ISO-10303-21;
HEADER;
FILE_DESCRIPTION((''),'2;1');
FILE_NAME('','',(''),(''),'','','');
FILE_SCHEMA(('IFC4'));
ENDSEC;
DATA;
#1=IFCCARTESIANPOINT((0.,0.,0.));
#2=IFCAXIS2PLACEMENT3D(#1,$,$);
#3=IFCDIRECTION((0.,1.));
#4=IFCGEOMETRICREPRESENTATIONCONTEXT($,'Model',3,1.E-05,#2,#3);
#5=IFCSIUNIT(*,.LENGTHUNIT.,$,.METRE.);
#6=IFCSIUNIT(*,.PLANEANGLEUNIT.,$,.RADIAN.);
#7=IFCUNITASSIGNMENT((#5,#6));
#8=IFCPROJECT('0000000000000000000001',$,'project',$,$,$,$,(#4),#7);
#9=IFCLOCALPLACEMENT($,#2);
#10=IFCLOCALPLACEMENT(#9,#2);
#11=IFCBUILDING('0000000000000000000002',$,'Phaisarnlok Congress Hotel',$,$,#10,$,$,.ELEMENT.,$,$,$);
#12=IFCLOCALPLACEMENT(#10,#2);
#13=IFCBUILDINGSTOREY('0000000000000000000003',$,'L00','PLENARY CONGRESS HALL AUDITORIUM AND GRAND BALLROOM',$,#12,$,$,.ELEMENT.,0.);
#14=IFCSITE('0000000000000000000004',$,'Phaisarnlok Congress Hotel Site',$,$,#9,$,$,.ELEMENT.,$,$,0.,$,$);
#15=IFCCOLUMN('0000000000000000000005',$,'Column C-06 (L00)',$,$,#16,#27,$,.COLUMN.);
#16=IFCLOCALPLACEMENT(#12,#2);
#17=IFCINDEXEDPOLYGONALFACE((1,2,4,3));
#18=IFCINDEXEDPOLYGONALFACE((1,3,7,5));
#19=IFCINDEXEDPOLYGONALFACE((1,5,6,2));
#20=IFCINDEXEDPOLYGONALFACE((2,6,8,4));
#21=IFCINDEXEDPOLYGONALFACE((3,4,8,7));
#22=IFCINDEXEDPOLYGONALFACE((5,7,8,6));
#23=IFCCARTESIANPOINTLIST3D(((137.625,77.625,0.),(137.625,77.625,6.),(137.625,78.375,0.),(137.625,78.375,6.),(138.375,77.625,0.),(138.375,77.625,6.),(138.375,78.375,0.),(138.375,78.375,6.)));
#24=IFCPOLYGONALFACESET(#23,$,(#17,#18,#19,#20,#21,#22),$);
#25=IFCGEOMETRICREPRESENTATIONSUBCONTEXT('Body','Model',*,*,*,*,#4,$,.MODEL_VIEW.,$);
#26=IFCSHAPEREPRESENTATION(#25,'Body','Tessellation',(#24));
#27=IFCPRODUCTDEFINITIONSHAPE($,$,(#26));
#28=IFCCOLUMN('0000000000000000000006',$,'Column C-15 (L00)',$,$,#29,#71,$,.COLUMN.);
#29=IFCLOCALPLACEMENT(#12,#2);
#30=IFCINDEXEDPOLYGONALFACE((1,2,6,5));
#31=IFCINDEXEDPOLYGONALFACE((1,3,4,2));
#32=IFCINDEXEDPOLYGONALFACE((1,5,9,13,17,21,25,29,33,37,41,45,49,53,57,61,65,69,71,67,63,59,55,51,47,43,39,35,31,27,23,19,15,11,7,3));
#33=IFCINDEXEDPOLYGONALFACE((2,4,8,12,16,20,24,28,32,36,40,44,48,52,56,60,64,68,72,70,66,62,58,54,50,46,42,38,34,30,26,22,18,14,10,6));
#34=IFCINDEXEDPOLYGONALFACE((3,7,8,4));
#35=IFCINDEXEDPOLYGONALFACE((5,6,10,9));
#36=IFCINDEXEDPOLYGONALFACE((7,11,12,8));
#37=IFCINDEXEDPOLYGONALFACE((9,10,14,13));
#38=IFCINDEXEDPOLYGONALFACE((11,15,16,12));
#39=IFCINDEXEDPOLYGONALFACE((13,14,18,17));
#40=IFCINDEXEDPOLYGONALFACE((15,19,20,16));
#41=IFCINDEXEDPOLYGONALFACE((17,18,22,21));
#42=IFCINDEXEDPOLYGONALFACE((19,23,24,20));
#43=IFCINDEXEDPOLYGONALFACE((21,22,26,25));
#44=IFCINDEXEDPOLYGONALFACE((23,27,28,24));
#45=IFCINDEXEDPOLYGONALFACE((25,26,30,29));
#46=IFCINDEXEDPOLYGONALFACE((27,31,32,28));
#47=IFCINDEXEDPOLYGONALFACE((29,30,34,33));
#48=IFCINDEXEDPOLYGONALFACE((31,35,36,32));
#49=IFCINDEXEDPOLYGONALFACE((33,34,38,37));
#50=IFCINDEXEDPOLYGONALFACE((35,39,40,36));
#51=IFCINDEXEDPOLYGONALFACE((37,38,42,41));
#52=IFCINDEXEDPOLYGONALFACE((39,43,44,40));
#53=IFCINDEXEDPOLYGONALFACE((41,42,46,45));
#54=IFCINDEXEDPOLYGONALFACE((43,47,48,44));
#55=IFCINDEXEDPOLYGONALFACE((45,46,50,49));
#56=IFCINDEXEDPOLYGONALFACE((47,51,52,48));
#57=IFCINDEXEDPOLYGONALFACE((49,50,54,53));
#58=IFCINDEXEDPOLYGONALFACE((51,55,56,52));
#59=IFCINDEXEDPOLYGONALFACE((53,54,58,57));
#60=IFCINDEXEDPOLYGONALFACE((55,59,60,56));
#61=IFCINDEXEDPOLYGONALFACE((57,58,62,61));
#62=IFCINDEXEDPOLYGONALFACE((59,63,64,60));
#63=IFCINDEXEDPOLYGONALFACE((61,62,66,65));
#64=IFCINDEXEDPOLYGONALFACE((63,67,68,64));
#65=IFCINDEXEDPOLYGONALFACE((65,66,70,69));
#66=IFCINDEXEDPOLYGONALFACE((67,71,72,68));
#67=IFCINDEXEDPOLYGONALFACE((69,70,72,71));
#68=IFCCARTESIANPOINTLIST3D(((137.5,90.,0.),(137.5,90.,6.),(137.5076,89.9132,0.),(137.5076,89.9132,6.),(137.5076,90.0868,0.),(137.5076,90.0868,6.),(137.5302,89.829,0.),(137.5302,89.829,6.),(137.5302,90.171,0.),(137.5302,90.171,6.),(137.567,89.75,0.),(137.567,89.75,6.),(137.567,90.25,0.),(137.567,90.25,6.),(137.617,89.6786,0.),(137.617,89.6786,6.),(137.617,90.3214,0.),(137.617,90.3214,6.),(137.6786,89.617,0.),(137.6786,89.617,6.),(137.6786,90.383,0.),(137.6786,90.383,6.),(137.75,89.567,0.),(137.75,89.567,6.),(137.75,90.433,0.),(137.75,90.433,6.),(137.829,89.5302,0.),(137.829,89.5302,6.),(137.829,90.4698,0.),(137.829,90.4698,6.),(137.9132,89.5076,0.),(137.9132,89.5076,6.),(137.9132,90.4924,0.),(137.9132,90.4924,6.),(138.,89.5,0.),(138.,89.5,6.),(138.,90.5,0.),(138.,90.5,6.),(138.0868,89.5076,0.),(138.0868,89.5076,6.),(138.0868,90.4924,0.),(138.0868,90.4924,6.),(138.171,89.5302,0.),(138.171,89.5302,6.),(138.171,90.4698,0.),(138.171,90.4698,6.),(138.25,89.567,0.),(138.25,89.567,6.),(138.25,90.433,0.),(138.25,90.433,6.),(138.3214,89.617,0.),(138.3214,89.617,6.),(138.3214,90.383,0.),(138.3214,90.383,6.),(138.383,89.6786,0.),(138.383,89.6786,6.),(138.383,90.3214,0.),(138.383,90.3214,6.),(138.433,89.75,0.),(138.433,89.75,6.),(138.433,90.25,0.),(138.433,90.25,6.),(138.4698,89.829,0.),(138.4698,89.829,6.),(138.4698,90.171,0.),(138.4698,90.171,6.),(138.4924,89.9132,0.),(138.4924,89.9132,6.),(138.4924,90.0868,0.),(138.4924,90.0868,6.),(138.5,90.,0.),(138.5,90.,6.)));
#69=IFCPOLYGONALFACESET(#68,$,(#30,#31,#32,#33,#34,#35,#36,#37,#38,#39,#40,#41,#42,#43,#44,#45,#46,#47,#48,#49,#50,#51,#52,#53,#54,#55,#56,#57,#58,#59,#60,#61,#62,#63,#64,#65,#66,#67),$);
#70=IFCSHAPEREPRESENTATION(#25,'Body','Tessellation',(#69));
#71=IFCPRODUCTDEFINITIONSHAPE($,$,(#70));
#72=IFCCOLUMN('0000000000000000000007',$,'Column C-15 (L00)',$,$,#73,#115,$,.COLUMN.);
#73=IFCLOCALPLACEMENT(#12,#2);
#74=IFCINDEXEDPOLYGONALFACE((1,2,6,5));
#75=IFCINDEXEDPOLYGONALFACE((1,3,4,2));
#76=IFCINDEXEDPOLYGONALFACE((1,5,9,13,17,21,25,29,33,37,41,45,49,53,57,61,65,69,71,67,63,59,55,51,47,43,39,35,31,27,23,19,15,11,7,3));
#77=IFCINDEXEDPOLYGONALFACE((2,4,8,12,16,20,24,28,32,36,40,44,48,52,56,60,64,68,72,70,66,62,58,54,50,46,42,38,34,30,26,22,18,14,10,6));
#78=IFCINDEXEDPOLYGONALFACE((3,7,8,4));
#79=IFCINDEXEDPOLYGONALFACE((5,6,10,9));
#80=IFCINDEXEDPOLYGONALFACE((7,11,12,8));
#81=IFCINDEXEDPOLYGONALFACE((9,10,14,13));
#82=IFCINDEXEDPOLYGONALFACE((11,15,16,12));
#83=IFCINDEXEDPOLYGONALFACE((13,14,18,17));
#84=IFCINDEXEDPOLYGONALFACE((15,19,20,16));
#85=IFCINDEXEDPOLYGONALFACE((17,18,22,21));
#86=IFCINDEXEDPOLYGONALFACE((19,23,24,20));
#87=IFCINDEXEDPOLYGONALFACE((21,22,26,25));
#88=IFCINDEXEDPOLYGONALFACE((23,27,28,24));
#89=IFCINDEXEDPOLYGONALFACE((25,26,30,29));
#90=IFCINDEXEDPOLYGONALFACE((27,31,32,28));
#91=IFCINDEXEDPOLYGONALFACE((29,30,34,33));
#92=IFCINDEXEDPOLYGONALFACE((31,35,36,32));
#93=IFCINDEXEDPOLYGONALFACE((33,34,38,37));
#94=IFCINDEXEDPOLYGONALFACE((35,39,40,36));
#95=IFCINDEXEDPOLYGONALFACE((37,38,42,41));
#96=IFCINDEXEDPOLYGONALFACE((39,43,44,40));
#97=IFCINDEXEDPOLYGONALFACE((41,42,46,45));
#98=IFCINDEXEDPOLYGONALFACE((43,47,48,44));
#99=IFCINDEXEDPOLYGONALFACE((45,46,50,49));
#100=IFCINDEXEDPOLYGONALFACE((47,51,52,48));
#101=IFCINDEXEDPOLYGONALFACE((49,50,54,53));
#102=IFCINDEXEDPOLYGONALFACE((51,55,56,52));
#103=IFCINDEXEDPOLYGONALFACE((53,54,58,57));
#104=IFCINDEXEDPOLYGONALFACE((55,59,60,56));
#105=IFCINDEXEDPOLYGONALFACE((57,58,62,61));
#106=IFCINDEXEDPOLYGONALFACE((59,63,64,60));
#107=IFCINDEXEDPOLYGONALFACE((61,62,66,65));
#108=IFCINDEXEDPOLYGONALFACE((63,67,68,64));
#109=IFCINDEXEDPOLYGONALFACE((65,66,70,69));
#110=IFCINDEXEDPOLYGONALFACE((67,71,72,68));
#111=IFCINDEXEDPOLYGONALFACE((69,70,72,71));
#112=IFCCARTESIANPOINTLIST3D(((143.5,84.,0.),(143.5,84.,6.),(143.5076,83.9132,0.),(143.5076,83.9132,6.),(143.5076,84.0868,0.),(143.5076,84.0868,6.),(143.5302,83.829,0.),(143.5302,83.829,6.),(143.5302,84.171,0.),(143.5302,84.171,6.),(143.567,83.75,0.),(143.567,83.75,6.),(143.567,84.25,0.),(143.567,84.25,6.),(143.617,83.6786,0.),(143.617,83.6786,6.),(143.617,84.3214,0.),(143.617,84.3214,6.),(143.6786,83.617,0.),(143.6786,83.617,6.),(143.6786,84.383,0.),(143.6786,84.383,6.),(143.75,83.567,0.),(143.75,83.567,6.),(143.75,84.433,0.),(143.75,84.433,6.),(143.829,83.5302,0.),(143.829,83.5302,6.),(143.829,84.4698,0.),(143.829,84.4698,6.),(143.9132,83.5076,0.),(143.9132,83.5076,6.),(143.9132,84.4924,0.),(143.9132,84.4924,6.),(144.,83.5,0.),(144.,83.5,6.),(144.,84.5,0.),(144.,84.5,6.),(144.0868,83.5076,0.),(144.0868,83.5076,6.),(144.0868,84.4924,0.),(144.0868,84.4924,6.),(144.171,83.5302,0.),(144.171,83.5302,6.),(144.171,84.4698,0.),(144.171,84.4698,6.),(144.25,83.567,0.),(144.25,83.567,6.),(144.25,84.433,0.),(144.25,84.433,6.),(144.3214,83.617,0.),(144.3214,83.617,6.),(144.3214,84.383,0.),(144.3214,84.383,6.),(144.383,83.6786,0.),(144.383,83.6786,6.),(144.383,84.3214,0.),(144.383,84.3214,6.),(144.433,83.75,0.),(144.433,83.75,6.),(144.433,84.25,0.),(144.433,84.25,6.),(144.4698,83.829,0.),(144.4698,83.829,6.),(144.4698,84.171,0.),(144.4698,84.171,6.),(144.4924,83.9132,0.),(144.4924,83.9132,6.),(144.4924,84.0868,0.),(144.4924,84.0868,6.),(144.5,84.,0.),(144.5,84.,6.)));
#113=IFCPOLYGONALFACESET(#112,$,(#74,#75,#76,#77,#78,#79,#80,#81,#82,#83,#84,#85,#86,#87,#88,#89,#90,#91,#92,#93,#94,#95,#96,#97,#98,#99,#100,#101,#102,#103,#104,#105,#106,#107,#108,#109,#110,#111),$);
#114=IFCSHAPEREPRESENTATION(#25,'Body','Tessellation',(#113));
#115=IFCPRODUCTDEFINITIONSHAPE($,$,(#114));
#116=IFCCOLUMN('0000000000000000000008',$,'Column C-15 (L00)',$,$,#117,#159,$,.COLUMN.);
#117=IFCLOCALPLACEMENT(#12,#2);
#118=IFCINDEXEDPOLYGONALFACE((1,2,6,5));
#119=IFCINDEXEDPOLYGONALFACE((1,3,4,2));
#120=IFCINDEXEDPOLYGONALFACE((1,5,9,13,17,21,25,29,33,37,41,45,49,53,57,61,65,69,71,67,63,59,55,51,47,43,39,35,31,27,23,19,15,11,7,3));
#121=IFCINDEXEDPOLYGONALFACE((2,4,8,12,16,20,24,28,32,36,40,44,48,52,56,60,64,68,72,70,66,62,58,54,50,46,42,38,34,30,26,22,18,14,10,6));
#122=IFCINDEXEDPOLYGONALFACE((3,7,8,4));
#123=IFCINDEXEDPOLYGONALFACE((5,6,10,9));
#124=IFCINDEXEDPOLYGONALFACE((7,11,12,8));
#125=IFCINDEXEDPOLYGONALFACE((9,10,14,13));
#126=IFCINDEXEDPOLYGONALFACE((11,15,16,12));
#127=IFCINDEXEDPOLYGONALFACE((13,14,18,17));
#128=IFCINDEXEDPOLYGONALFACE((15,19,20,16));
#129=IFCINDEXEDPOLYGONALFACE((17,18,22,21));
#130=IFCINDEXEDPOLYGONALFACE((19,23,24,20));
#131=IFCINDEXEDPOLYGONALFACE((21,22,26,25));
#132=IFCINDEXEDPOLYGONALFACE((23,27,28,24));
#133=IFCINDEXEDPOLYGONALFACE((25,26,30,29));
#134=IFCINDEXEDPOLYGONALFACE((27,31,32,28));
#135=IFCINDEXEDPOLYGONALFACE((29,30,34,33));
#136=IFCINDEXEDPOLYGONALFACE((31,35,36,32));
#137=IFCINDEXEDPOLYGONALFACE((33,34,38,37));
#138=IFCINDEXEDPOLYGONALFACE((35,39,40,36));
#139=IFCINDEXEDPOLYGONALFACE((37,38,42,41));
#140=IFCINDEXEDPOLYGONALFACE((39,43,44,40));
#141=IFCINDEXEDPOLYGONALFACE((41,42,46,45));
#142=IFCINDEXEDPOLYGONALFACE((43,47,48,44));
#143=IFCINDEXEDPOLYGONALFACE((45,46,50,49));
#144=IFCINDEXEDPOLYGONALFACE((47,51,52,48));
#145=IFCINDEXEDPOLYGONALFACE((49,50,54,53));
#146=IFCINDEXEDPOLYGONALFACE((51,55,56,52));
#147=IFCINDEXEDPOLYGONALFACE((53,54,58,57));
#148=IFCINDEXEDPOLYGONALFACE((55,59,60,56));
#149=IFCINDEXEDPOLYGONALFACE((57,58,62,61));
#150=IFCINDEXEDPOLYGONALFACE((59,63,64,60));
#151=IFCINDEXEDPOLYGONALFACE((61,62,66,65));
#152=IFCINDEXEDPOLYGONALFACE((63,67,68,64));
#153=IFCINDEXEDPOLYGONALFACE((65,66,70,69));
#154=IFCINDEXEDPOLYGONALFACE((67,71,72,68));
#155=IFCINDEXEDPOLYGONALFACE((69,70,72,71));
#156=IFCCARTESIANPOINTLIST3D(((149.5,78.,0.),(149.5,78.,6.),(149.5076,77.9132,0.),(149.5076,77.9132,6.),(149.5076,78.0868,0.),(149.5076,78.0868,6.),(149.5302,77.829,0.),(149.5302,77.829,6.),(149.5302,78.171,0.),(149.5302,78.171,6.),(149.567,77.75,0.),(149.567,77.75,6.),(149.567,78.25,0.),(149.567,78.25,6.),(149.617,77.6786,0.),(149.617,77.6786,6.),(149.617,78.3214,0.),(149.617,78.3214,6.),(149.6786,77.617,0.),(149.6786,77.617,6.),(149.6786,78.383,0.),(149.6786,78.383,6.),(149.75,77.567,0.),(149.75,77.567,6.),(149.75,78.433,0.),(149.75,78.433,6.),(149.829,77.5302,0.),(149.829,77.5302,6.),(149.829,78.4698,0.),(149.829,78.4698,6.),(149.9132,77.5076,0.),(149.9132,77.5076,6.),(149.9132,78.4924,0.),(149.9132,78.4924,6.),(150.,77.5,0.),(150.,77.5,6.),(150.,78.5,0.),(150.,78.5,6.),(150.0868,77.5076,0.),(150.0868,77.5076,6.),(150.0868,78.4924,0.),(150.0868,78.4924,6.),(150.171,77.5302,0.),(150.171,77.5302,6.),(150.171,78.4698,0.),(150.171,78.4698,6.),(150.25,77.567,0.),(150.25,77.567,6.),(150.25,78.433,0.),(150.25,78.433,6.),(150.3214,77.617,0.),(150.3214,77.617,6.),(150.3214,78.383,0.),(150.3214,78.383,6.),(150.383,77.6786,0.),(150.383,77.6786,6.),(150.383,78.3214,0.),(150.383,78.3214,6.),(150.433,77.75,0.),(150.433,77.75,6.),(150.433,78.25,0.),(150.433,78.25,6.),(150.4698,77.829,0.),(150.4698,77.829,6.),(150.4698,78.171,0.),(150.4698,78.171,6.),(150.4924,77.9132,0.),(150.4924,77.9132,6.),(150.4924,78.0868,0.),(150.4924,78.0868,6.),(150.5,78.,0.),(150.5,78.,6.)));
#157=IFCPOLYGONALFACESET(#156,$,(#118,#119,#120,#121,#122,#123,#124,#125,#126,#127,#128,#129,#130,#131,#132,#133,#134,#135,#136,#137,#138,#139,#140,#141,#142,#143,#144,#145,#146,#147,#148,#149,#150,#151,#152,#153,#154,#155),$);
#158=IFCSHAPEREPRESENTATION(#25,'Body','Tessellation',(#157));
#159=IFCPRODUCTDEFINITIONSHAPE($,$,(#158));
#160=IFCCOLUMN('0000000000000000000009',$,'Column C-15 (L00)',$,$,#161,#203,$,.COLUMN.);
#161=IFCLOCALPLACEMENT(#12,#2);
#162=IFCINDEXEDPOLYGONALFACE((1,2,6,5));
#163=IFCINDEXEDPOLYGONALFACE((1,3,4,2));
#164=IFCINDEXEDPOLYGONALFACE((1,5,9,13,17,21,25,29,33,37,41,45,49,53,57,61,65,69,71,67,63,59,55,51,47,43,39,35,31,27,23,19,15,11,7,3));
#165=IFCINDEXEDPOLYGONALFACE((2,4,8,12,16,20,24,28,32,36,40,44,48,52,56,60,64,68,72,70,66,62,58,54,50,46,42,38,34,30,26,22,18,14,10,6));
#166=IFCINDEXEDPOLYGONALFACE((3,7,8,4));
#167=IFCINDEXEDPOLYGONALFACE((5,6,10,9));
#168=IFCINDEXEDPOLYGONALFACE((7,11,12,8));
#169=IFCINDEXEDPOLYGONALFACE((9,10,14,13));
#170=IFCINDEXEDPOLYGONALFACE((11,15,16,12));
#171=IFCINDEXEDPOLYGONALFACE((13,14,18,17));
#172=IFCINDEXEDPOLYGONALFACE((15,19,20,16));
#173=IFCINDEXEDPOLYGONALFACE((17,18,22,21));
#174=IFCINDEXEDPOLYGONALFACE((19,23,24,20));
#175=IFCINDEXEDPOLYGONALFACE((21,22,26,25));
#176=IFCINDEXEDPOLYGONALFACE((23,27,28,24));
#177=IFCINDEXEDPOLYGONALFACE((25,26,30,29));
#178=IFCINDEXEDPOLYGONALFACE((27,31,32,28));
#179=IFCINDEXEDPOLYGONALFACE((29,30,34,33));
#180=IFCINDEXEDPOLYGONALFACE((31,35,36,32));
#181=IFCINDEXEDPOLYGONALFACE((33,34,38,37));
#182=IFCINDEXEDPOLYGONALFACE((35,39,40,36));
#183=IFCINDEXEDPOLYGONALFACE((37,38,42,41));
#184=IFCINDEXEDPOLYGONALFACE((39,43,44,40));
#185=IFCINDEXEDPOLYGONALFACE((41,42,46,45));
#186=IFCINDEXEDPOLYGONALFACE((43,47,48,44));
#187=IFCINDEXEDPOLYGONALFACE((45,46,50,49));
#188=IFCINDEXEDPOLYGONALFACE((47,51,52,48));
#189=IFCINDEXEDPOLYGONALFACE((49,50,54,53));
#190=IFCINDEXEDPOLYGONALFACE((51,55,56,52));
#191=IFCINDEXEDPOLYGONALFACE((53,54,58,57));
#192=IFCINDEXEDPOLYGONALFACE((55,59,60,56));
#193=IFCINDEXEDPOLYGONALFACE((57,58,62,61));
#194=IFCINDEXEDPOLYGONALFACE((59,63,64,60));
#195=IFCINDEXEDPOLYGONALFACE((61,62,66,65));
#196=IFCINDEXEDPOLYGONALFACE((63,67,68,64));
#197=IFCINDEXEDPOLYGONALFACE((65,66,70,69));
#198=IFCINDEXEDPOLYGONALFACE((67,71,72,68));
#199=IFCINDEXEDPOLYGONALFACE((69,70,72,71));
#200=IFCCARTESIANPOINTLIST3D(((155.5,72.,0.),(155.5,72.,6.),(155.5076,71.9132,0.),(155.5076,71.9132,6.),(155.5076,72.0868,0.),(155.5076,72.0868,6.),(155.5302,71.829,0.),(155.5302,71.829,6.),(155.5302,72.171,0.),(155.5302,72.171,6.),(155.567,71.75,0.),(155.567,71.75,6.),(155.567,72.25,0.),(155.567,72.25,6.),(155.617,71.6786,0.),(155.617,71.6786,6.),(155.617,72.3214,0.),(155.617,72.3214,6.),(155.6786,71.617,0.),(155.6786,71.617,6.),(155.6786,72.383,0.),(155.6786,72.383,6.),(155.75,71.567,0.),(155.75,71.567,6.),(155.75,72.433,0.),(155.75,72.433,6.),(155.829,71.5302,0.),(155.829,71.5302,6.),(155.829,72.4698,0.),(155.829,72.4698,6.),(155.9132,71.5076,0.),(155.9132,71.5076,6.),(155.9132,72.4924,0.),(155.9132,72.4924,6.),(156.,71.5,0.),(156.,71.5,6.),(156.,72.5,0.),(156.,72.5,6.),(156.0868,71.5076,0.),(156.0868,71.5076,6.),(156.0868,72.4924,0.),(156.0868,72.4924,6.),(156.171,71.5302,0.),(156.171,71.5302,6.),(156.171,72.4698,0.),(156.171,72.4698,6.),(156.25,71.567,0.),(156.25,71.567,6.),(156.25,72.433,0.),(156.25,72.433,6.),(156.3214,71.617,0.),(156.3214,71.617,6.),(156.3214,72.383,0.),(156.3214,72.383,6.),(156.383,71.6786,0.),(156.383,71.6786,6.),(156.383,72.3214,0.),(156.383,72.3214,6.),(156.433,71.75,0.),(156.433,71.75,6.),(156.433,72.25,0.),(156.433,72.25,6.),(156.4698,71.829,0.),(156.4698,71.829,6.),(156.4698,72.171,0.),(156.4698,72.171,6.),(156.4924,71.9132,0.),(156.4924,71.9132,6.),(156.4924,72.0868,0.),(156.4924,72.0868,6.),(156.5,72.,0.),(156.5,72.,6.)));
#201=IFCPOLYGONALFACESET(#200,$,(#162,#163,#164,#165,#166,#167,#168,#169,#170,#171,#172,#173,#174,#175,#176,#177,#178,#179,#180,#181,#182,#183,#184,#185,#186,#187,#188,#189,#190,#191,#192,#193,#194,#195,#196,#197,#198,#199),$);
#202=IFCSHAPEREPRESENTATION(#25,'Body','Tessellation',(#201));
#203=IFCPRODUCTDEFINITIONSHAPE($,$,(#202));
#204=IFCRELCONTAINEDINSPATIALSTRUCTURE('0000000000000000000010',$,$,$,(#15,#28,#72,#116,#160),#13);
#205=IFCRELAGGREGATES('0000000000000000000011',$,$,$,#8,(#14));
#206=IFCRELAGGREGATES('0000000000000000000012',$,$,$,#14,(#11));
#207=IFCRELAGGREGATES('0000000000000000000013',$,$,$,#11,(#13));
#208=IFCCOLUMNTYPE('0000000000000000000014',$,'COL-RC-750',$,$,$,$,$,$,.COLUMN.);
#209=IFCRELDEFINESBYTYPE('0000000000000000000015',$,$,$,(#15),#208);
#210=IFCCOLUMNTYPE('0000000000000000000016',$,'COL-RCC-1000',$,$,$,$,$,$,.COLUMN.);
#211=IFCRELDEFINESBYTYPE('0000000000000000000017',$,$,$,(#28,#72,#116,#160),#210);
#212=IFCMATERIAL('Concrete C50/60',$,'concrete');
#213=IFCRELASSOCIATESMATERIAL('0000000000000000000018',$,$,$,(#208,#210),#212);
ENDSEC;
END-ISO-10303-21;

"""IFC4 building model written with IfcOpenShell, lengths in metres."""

from ifc_helpers import new_model, si_unit, direction, frame, origin, origin_2d, place, context, subcontext, project, spatial, rectangle, circle, extrude, material, material_profile, profile_set, type_object, element, save


model = new_model("IFC4")

# Units and contexts
model_context = context("Model", 3, precision=1e-05, world=origin(), true_north=direction((0.0, 1.0)))
body_context = subcontext(model_context, "Body", "Model", "MODEL_VIEW")
ifc_project = project(units=[si_unit("LENGTHUNIT", "METRE"), si_unit("PLANEANGLEUNIT", "RADIAN")], contexts=[model_context])

# Site, building, storey
site_placement = place(None, origin())
site = spatial("IfcSite", under=ifc_project, at=site_placement, Name="Phaisarnlok Congress Hotel Site", CompositionType="ELEMENT", RefElevation=0.0)
building_placement = place(site_placement, origin())
building = spatial("IfcBuilding", under=site, at=building_placement, Name="Phaisarnlok Congress Hotel", CompositionType="ELEMENT")
storey_placement = place(building_placement, origin())
storey = spatial("IfcBuildingStorey", under=building, at=storey_placement, Name="L00", Description="PLENARY CONGRESS HALL AUDITORIUM AND GRAND BALLROOM", CompositionType="ELEMENT", Elevation=0.0)

# Columns
ifc_material_1 = material(Name="Concrete C50/60", Category="concrete")
ifc_material_profile_1 = material_profile(ifc_material_1, rectangle(XDim=0.75, YDim=0.75, at=origin_2d()), Name="RC 750x750")
ifc_profile_set_1 = profile_set([ifc_material_profile_1], Name="Concrete C50/60")
column_type_1 = type_object("IfcColumnType", Name="COL-RC-750", PredefinedType="COLUMN", material=ifc_profile_set_1)
column_placement = place(storey_placement, frame((138.0, 78.0, 0.0), z_axis=(0.0, 0.0, 1.0), x_axis=(1.0, 0.0, 0.0)))
element("IfcColumn", 1, at=column_placement, inside=storey, type_object=column_type_1, Name="Column C-06 (L00)", PredefinedType="COLUMN", context=body_context, shape_type="SweptSolid", body=[
    extrude(rectangle(XDim=0.75, YDim=0.75, at=origin_2d()), origin(), (0.0, 0.0, 1.0), 6.0),
])
ifc_material_profile_2 = material_profile(ifc_material_1, circle(Radius=0.5, at=origin_2d()), Name="RCC D1000")
ifc_profile_set_2 = profile_set([ifc_material_profile_2], Name="Concrete C50/60")
column_type_2 = type_object("IfcColumnType", Name="COL-RCC-1000", PredefinedType="COLUMN", material=ifc_profile_set_2)
for number, where, z_axis, x_axis, name in (
    (2, (138.0, 90.0, 0.0), (0.0, 0.0, 1.0), (1.0, 0.0, 0.0), "Column C-15 (L00)"),
    (3, (144.0, 84.0, 0.0), (0.0, 0.0, 1.0), (1.0, 0.0, 0.0), "Column C-15 (L00)"),
    (4, (150.0, 78.0, 0.0), (0.0, 0.0, 1.0), (1.0, 0.0, 0.0), "Column C-15 (L00)"),
    (5, (156.0, 72.0, 0.0), (0.0, 0.0, 1.0), (1.0, 0.0, 0.0), "Column C-15 (L00)"),
):
    element("IfcColumn", number, at=place(storey_placement, frame(where, z_axis=z_axis, x_axis=x_axis)), inside=storey, type_object=column_type_2, Name=name, PredefinedType="COLUMN", context=body_context, shape_type="SweptSolid", body=[
        extrude(circle(Radius=0.5, at=origin_2d()), origin(), (0.0, 0.0, 1.0), 6.0),
    ])

save(model, "model.ifc")
